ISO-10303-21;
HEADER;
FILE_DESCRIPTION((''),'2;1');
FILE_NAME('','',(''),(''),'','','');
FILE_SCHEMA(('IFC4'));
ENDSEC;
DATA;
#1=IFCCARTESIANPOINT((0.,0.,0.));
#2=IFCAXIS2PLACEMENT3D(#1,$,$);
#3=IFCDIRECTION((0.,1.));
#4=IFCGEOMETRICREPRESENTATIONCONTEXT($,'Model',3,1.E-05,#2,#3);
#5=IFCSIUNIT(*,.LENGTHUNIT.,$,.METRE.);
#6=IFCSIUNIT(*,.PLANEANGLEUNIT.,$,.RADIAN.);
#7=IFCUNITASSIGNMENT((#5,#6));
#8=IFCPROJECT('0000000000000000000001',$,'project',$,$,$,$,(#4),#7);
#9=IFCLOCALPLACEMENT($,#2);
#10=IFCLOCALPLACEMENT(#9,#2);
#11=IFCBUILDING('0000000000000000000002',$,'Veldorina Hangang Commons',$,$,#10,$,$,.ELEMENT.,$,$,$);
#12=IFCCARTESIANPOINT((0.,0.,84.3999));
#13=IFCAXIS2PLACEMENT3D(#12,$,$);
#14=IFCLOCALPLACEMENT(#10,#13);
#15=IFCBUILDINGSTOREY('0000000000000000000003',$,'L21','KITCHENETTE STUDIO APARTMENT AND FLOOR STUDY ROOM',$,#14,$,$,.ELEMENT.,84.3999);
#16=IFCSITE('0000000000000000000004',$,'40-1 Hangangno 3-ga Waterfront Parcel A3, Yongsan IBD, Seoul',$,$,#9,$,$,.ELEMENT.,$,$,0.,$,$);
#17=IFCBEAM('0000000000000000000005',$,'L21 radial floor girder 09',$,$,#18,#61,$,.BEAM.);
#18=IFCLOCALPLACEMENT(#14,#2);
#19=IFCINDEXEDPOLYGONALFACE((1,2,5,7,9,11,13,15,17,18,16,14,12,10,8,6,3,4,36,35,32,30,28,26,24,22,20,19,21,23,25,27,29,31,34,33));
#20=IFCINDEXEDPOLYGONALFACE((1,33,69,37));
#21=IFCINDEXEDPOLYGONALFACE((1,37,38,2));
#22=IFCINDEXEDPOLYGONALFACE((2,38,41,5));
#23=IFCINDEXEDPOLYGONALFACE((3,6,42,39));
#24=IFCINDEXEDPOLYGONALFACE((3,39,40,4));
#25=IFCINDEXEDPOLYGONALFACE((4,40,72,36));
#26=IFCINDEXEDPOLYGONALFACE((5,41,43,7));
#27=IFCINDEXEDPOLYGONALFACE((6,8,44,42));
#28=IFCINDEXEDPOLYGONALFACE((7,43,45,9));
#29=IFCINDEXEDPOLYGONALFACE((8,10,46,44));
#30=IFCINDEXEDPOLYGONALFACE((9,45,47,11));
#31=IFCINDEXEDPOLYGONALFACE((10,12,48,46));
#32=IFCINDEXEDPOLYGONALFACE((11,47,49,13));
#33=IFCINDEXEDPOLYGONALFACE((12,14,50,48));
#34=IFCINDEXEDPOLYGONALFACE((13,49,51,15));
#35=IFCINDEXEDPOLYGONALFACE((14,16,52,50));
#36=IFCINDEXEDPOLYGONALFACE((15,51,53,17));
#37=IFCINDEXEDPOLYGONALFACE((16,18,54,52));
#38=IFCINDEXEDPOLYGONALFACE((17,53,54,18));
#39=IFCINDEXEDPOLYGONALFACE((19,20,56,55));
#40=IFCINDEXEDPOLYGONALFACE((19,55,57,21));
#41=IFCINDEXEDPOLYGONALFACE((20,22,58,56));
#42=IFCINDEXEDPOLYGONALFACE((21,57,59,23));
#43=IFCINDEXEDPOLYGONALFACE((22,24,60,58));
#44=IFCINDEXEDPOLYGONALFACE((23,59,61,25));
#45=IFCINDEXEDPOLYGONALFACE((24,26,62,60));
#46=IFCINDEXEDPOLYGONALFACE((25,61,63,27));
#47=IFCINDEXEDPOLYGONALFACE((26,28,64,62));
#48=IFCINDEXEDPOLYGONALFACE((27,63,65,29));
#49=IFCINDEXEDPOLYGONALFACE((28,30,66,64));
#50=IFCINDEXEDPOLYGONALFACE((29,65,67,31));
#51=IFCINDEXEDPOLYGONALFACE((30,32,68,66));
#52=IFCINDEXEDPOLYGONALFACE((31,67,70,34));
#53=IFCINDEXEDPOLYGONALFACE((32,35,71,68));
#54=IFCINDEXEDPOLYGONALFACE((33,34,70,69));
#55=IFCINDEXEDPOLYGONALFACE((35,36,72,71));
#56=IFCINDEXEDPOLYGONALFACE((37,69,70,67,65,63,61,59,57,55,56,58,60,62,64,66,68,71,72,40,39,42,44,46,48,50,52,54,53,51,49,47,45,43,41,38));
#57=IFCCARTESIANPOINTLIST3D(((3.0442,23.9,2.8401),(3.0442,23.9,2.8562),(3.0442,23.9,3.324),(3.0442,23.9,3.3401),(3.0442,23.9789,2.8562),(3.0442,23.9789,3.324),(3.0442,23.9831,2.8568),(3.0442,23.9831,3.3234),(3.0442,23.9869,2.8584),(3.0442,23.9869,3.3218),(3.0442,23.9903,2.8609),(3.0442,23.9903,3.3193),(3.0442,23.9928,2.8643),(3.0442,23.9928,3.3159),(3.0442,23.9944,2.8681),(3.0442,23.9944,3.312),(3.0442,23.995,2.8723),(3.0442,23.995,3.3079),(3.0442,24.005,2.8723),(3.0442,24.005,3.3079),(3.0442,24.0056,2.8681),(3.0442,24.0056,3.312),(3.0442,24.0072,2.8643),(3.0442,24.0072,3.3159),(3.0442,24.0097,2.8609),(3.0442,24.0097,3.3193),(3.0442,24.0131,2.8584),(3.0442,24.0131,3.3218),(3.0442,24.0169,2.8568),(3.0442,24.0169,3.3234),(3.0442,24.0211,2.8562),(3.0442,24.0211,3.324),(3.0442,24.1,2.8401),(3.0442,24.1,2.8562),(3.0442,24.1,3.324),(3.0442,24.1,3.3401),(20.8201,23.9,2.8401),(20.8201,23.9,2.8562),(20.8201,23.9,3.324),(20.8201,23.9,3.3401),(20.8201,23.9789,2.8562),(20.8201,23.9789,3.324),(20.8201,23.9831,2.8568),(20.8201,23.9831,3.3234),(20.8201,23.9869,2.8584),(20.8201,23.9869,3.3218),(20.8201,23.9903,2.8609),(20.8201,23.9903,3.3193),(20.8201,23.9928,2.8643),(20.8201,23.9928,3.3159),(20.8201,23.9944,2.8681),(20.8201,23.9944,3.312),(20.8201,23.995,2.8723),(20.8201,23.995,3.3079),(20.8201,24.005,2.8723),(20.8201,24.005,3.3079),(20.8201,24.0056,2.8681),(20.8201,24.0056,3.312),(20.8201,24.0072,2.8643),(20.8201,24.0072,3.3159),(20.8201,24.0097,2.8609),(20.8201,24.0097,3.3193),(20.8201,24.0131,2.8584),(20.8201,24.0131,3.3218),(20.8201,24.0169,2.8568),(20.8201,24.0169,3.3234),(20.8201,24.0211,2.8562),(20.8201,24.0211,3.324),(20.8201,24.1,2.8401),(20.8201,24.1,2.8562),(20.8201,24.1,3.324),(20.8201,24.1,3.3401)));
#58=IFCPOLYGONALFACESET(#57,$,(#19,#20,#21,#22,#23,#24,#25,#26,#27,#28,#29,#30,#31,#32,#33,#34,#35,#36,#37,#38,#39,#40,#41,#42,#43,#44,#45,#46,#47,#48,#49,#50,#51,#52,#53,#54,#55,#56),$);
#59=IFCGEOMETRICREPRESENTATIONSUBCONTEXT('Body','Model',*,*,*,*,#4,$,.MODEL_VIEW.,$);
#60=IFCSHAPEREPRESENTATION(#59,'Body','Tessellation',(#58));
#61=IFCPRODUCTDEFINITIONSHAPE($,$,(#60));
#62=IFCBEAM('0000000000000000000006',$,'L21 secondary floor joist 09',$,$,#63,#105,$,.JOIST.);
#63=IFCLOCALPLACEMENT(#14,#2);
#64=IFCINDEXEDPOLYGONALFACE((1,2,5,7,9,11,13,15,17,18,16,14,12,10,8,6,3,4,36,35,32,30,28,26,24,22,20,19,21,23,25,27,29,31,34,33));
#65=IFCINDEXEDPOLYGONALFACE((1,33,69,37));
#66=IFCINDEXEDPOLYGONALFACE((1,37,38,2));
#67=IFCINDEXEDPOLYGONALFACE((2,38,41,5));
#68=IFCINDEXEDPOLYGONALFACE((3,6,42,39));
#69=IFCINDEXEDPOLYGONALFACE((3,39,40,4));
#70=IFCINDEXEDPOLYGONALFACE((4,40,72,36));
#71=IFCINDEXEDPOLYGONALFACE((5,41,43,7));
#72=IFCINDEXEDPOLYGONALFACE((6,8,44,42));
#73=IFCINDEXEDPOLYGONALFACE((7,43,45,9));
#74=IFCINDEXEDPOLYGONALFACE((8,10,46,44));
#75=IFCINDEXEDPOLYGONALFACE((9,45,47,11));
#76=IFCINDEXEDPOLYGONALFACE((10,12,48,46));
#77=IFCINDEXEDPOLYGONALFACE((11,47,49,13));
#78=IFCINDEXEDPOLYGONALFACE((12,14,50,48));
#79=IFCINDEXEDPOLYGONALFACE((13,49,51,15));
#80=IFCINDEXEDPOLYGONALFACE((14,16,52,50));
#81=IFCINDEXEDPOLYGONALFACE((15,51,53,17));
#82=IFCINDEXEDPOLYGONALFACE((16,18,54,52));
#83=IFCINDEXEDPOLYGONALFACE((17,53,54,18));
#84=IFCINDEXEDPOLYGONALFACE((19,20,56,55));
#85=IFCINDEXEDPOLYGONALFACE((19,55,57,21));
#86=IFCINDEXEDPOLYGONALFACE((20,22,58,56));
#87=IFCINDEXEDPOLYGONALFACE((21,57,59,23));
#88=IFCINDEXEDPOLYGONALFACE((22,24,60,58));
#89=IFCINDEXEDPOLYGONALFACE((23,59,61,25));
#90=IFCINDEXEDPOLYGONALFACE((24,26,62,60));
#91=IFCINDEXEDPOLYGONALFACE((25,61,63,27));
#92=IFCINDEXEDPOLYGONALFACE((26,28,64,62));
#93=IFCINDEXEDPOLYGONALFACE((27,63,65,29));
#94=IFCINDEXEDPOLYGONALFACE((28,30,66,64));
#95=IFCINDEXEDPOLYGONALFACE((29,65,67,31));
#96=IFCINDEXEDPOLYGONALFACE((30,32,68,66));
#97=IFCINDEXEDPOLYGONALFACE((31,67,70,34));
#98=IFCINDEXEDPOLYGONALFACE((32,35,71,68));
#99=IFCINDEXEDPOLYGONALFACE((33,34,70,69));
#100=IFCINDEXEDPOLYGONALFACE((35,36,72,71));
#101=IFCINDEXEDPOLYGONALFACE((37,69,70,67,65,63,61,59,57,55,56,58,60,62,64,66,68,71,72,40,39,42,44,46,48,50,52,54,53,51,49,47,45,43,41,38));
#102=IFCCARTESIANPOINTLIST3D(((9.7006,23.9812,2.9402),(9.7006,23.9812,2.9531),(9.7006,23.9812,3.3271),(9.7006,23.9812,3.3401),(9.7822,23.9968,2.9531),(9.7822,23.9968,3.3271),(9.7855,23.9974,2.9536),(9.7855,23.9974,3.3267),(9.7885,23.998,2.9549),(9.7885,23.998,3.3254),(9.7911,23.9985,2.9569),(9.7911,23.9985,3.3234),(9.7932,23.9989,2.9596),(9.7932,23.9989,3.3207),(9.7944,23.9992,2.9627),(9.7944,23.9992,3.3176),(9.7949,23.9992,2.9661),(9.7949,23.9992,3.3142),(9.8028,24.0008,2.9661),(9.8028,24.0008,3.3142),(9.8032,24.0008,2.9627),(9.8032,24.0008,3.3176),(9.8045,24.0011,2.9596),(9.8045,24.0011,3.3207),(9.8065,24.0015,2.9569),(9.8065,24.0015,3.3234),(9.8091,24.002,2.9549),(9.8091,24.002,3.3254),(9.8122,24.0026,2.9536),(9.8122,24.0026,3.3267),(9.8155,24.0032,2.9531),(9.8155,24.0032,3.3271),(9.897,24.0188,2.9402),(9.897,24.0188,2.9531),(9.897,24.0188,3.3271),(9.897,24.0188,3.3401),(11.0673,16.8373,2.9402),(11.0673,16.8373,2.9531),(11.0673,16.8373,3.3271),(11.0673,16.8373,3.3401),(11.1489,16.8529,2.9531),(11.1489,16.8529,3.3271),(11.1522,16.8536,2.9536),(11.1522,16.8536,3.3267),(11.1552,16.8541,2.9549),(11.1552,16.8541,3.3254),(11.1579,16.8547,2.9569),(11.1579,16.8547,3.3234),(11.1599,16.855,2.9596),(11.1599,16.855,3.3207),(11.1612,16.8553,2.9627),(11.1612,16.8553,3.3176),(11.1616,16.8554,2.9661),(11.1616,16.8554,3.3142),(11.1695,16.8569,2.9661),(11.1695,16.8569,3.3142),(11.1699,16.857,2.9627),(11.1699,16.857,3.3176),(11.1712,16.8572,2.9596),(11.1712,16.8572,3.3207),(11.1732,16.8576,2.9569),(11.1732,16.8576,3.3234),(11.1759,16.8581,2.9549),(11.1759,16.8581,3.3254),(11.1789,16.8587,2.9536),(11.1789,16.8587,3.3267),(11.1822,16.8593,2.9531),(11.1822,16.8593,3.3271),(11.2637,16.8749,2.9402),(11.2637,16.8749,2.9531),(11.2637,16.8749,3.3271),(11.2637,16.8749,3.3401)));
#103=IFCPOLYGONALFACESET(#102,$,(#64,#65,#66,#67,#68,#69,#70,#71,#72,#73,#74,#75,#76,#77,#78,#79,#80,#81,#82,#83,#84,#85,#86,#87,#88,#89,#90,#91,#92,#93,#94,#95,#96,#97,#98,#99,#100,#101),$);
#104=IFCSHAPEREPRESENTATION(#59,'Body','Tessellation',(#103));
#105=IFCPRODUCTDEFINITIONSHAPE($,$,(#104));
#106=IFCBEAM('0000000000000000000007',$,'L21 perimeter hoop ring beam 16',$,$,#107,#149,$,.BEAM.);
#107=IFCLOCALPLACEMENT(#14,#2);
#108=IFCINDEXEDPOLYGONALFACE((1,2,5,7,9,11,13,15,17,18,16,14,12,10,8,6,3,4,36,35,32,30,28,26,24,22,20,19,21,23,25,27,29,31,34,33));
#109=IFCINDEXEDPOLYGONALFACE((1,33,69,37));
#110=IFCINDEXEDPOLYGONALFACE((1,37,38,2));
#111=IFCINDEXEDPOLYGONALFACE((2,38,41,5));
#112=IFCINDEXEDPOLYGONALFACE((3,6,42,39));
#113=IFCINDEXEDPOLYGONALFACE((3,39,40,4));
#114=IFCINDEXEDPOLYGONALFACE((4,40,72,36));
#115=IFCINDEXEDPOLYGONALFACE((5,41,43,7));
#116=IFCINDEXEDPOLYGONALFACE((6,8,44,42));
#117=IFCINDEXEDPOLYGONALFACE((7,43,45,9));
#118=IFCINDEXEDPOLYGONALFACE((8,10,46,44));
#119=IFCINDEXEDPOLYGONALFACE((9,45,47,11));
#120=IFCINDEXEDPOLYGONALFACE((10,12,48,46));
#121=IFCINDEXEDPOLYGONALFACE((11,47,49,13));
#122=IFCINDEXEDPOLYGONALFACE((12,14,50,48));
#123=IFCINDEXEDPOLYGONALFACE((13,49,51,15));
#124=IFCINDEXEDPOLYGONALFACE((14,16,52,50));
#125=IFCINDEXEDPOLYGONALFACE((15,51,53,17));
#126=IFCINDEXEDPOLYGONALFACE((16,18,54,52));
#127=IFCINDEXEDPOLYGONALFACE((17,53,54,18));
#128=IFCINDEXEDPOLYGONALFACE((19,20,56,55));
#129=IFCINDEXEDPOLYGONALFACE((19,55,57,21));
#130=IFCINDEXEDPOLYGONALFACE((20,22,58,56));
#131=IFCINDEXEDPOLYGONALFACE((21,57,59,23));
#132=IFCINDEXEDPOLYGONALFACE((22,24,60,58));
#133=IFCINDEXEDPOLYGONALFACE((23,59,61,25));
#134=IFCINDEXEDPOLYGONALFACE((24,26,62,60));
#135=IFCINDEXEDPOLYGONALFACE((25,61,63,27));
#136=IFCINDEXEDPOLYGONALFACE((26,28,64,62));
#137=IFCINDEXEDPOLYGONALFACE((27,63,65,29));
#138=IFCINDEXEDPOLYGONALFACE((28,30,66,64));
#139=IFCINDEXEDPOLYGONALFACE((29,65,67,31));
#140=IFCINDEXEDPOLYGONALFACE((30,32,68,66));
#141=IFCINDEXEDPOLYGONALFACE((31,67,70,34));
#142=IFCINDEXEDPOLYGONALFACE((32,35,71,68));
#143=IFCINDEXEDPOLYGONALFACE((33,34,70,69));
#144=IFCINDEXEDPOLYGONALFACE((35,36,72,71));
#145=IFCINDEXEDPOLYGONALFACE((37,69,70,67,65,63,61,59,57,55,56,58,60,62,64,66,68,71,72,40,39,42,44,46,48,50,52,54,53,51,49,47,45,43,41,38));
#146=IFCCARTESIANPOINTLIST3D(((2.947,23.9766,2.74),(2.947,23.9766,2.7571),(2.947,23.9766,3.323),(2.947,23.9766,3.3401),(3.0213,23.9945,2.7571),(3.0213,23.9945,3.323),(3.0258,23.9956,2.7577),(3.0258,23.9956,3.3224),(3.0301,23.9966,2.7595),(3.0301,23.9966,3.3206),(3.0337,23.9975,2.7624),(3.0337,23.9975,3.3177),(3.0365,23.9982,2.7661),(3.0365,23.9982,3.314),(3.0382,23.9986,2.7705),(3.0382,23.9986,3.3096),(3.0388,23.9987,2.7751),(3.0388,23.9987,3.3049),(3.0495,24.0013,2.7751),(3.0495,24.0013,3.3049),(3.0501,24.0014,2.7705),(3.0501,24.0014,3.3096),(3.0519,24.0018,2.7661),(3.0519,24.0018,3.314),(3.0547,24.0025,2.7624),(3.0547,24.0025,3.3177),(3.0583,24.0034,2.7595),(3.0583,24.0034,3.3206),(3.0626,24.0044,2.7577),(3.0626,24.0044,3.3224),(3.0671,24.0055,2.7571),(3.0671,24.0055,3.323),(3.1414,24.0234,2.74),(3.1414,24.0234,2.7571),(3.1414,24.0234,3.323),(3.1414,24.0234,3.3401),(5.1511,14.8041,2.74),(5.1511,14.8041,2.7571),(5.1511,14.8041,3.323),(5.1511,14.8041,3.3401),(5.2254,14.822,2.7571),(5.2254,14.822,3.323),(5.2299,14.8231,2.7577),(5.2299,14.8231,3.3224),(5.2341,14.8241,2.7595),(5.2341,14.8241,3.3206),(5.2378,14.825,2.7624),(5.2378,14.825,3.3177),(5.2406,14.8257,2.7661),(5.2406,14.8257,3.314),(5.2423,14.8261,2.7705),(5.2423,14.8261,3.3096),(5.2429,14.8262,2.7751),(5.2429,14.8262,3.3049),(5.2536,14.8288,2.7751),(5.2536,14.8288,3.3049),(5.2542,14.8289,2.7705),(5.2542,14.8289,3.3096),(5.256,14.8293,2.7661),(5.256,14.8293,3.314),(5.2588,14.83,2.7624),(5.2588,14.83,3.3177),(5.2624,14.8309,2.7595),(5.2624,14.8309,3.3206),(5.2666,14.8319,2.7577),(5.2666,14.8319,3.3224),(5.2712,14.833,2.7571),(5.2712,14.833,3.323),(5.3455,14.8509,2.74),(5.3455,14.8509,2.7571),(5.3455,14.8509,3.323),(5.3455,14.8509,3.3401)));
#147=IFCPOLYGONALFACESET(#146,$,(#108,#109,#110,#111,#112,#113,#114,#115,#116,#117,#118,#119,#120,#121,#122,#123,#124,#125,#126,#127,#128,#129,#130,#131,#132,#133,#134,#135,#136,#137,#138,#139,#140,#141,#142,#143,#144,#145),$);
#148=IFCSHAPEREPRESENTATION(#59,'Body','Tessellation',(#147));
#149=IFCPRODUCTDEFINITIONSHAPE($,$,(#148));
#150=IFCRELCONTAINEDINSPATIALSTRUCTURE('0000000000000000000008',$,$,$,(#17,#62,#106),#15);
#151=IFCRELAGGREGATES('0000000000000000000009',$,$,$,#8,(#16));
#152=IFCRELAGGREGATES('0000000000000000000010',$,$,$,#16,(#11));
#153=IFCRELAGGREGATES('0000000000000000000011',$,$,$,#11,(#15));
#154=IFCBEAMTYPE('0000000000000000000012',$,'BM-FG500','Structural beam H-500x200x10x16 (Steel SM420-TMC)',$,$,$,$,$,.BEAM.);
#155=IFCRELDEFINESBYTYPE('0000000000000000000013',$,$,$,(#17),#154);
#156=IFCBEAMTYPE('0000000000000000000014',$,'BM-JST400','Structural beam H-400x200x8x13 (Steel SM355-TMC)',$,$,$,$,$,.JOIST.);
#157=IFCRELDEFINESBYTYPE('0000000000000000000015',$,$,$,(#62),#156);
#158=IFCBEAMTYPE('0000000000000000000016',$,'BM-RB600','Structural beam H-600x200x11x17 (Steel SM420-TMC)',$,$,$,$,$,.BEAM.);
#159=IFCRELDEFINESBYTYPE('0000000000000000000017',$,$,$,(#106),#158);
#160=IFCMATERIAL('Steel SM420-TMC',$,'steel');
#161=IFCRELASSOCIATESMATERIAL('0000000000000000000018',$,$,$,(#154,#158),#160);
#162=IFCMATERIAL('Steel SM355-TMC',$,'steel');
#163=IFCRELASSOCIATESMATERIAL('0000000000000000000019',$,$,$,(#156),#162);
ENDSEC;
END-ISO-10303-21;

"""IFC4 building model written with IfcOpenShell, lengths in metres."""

from ifc_helpers import new_model, si_unit, direction, frame, origin, origin_2d, place, context, subcontext, project, spatial, i_section, extrude, material, material_profile, profile_set, type_object, element, save


model = new_model("IFC4")

# Units and contexts
model_context = context("Model", 3, precision=1e-05, world=origin(), true_north=direction((0.0, 1.0)))
body_context = subcontext(model_context, "Body", "Model", "MODEL_VIEW")
ifc_project = project(units=[si_unit("LENGTHUNIT", "METRE"), si_unit("PLANEANGLEUNIT", "RADIAN")], contexts=[model_context])

# Site, building, storey
site_placement = place(None, origin())
site = spatial("IfcSite", under=ifc_project, at=site_placement, Name="40-1 Hangangno 3-ga Waterfront Parcel A3, Yongsan IBD, Seoul", CompositionType="ELEMENT", RefElevation=0.0)
building_placement = place(site_placement, origin())
building = spatial("IfcBuilding", under=site, at=building_placement, Name="Veldorina Hangang Commons", CompositionType="ELEMENT")
storey_placement = place(building_placement, frame((0.0, 0.0, 84.3999)))
storey = spatial("IfcBuildingStorey", under=building, at=storey_placement, Name="L21", Description="KITCHENETTE STUDIO APARTMENT AND FLOOR STUDY ROOM", CompositionType="ELEMENT", Elevation=84.3999)

# Beams
ifc_material_1 = material(Name="Steel SM420-TMC", Category="steel")
ifc_material_profile_1 = material_profile(ifc_material_1, i_section(OverallWidth=0.2, OverallDepth=0.5, WebThickness=0.01, FlangeThickness=0.0161, FilletRadius=0.0161, at=origin_2d()), Name="H-500x200x10x16")
ifc_profile_set_1 = profile_set([ifc_material_profile_1], Name="Steel SM420-TMC")
beam_type_1 = type_object("IfcBeamType", Name="BM-FG500", Description="Structural beam H-500x200x10x16 (Steel SM420-TMC)", PredefinedType="BEAM", material=ifc_profile_set_1)
beam_1_placement = place(storey_placement, frame((20.8201, 24.0, 3.0901), z_axis=(-1.0, 0.0, 0.0), x_axis=(0.0, -1.0, 0.0)))
element("IfcBeam", 1, at=beam_1_placement, inside=storey, type_object=beam_type_1, Name="L21 radial floor girder 09", PredefinedType="BEAM", context=body_context, shape_type="SweptSolid", body=[
    extrude(i_section(OverallWidth=0.2, OverallDepth=0.5, WebThickness=0.01, FlangeThickness=0.0161, FilletRadius=0.0161, at=origin_2d()), origin(), (0.0, 0.0, 1.0), 17.7759),
])
ifc_material_2 = material(Name="Steel SM355-TMC", Category="steel")
ifc_material_profile_2 = material_profile(ifc_material_2, i_section(OverallWidth=0.2, OverallDepth=0.3999, WebThickness=0.0081, FlangeThickness=0.0129, FilletRadius=0.0129, at=origin_2d()), Name="H-400x200x8x13")
ifc_profile_set_2 = profile_set([ifc_material_profile_2], Name="Steel SM355-TMC")
beam_type_2 = type_object("IfcBeamType", Name="BM-JST400", Description="Structural beam H-400x200x8x13 (Steel SM355-TMC)", PredefinedType="JOIST", material=ifc_profile_set_2)
beam_2_placement = place(storey_placement, frame((9.7988, 24.0, 3.1401), z_axis=(0.187905, -0.982187, 0.0), x_axis=(0.982187, 0.187905, 0.0)))
element("IfcBeam", 2, at=beam_2_placement, inside=storey, type_object=beam_type_2, Name="L21 secondary floor joist 09", PredefinedType="JOIST", context=body_context, shape_type="SweptSolid", body=[
    extrude(i_section(OverallWidth=0.2, OverallDepth=0.3999, WebThickness=0.0081, FlangeThickness=0.0129, FilletRadius=0.0129, at=origin_2d()), origin(), (0.0, 0.0, 1.0), 7.2734),
])
ifc_material_profile_3 = material_profile(ifc_material_1, i_section(OverallWidth=0.2, OverallDepth=0.6001, WebThickness=0.011, FlangeThickness=0.0171, FilletRadius=0.0181, at=origin_2d()), Name="H-600x200x11x17")
ifc_profile_set_3 = profile_set([ifc_material_profile_3], Name="Steel SM420-TMC")
beam_type_3 = type_object("IfcBeamType", Name="BM-RB600", Description="Structural beam H-600x200x11x17 (Steel SM420-TMC)", PredefinedType="BEAM", material=ifc_profile_set_3)
beam_3_placement = place(storey_placement, frame((3.0442, 24.0, 3.04), z_axis=(0.233641, -0.972323, 0.0), x_axis=(0.972323, 0.233641, 0.0)))
element("IfcBeam", 3, at=beam_3_placement, inside=storey, type_object=beam_type_3, Name="L21 perimeter hoop ring beam 16", PredefinedType="BEAM", context=body_context, shape_type="SweptSolid", body=[
    extrude(i_section(OverallWidth=0.2, OverallDepth=0.6001, WebThickness=0.011, FlangeThickness=0.0171, FilletRadius=0.0181, at=origin_2d()), origin(), (0.0, 0.0, 1.0), 9.4336),
])

save(model, "model.ifc")
